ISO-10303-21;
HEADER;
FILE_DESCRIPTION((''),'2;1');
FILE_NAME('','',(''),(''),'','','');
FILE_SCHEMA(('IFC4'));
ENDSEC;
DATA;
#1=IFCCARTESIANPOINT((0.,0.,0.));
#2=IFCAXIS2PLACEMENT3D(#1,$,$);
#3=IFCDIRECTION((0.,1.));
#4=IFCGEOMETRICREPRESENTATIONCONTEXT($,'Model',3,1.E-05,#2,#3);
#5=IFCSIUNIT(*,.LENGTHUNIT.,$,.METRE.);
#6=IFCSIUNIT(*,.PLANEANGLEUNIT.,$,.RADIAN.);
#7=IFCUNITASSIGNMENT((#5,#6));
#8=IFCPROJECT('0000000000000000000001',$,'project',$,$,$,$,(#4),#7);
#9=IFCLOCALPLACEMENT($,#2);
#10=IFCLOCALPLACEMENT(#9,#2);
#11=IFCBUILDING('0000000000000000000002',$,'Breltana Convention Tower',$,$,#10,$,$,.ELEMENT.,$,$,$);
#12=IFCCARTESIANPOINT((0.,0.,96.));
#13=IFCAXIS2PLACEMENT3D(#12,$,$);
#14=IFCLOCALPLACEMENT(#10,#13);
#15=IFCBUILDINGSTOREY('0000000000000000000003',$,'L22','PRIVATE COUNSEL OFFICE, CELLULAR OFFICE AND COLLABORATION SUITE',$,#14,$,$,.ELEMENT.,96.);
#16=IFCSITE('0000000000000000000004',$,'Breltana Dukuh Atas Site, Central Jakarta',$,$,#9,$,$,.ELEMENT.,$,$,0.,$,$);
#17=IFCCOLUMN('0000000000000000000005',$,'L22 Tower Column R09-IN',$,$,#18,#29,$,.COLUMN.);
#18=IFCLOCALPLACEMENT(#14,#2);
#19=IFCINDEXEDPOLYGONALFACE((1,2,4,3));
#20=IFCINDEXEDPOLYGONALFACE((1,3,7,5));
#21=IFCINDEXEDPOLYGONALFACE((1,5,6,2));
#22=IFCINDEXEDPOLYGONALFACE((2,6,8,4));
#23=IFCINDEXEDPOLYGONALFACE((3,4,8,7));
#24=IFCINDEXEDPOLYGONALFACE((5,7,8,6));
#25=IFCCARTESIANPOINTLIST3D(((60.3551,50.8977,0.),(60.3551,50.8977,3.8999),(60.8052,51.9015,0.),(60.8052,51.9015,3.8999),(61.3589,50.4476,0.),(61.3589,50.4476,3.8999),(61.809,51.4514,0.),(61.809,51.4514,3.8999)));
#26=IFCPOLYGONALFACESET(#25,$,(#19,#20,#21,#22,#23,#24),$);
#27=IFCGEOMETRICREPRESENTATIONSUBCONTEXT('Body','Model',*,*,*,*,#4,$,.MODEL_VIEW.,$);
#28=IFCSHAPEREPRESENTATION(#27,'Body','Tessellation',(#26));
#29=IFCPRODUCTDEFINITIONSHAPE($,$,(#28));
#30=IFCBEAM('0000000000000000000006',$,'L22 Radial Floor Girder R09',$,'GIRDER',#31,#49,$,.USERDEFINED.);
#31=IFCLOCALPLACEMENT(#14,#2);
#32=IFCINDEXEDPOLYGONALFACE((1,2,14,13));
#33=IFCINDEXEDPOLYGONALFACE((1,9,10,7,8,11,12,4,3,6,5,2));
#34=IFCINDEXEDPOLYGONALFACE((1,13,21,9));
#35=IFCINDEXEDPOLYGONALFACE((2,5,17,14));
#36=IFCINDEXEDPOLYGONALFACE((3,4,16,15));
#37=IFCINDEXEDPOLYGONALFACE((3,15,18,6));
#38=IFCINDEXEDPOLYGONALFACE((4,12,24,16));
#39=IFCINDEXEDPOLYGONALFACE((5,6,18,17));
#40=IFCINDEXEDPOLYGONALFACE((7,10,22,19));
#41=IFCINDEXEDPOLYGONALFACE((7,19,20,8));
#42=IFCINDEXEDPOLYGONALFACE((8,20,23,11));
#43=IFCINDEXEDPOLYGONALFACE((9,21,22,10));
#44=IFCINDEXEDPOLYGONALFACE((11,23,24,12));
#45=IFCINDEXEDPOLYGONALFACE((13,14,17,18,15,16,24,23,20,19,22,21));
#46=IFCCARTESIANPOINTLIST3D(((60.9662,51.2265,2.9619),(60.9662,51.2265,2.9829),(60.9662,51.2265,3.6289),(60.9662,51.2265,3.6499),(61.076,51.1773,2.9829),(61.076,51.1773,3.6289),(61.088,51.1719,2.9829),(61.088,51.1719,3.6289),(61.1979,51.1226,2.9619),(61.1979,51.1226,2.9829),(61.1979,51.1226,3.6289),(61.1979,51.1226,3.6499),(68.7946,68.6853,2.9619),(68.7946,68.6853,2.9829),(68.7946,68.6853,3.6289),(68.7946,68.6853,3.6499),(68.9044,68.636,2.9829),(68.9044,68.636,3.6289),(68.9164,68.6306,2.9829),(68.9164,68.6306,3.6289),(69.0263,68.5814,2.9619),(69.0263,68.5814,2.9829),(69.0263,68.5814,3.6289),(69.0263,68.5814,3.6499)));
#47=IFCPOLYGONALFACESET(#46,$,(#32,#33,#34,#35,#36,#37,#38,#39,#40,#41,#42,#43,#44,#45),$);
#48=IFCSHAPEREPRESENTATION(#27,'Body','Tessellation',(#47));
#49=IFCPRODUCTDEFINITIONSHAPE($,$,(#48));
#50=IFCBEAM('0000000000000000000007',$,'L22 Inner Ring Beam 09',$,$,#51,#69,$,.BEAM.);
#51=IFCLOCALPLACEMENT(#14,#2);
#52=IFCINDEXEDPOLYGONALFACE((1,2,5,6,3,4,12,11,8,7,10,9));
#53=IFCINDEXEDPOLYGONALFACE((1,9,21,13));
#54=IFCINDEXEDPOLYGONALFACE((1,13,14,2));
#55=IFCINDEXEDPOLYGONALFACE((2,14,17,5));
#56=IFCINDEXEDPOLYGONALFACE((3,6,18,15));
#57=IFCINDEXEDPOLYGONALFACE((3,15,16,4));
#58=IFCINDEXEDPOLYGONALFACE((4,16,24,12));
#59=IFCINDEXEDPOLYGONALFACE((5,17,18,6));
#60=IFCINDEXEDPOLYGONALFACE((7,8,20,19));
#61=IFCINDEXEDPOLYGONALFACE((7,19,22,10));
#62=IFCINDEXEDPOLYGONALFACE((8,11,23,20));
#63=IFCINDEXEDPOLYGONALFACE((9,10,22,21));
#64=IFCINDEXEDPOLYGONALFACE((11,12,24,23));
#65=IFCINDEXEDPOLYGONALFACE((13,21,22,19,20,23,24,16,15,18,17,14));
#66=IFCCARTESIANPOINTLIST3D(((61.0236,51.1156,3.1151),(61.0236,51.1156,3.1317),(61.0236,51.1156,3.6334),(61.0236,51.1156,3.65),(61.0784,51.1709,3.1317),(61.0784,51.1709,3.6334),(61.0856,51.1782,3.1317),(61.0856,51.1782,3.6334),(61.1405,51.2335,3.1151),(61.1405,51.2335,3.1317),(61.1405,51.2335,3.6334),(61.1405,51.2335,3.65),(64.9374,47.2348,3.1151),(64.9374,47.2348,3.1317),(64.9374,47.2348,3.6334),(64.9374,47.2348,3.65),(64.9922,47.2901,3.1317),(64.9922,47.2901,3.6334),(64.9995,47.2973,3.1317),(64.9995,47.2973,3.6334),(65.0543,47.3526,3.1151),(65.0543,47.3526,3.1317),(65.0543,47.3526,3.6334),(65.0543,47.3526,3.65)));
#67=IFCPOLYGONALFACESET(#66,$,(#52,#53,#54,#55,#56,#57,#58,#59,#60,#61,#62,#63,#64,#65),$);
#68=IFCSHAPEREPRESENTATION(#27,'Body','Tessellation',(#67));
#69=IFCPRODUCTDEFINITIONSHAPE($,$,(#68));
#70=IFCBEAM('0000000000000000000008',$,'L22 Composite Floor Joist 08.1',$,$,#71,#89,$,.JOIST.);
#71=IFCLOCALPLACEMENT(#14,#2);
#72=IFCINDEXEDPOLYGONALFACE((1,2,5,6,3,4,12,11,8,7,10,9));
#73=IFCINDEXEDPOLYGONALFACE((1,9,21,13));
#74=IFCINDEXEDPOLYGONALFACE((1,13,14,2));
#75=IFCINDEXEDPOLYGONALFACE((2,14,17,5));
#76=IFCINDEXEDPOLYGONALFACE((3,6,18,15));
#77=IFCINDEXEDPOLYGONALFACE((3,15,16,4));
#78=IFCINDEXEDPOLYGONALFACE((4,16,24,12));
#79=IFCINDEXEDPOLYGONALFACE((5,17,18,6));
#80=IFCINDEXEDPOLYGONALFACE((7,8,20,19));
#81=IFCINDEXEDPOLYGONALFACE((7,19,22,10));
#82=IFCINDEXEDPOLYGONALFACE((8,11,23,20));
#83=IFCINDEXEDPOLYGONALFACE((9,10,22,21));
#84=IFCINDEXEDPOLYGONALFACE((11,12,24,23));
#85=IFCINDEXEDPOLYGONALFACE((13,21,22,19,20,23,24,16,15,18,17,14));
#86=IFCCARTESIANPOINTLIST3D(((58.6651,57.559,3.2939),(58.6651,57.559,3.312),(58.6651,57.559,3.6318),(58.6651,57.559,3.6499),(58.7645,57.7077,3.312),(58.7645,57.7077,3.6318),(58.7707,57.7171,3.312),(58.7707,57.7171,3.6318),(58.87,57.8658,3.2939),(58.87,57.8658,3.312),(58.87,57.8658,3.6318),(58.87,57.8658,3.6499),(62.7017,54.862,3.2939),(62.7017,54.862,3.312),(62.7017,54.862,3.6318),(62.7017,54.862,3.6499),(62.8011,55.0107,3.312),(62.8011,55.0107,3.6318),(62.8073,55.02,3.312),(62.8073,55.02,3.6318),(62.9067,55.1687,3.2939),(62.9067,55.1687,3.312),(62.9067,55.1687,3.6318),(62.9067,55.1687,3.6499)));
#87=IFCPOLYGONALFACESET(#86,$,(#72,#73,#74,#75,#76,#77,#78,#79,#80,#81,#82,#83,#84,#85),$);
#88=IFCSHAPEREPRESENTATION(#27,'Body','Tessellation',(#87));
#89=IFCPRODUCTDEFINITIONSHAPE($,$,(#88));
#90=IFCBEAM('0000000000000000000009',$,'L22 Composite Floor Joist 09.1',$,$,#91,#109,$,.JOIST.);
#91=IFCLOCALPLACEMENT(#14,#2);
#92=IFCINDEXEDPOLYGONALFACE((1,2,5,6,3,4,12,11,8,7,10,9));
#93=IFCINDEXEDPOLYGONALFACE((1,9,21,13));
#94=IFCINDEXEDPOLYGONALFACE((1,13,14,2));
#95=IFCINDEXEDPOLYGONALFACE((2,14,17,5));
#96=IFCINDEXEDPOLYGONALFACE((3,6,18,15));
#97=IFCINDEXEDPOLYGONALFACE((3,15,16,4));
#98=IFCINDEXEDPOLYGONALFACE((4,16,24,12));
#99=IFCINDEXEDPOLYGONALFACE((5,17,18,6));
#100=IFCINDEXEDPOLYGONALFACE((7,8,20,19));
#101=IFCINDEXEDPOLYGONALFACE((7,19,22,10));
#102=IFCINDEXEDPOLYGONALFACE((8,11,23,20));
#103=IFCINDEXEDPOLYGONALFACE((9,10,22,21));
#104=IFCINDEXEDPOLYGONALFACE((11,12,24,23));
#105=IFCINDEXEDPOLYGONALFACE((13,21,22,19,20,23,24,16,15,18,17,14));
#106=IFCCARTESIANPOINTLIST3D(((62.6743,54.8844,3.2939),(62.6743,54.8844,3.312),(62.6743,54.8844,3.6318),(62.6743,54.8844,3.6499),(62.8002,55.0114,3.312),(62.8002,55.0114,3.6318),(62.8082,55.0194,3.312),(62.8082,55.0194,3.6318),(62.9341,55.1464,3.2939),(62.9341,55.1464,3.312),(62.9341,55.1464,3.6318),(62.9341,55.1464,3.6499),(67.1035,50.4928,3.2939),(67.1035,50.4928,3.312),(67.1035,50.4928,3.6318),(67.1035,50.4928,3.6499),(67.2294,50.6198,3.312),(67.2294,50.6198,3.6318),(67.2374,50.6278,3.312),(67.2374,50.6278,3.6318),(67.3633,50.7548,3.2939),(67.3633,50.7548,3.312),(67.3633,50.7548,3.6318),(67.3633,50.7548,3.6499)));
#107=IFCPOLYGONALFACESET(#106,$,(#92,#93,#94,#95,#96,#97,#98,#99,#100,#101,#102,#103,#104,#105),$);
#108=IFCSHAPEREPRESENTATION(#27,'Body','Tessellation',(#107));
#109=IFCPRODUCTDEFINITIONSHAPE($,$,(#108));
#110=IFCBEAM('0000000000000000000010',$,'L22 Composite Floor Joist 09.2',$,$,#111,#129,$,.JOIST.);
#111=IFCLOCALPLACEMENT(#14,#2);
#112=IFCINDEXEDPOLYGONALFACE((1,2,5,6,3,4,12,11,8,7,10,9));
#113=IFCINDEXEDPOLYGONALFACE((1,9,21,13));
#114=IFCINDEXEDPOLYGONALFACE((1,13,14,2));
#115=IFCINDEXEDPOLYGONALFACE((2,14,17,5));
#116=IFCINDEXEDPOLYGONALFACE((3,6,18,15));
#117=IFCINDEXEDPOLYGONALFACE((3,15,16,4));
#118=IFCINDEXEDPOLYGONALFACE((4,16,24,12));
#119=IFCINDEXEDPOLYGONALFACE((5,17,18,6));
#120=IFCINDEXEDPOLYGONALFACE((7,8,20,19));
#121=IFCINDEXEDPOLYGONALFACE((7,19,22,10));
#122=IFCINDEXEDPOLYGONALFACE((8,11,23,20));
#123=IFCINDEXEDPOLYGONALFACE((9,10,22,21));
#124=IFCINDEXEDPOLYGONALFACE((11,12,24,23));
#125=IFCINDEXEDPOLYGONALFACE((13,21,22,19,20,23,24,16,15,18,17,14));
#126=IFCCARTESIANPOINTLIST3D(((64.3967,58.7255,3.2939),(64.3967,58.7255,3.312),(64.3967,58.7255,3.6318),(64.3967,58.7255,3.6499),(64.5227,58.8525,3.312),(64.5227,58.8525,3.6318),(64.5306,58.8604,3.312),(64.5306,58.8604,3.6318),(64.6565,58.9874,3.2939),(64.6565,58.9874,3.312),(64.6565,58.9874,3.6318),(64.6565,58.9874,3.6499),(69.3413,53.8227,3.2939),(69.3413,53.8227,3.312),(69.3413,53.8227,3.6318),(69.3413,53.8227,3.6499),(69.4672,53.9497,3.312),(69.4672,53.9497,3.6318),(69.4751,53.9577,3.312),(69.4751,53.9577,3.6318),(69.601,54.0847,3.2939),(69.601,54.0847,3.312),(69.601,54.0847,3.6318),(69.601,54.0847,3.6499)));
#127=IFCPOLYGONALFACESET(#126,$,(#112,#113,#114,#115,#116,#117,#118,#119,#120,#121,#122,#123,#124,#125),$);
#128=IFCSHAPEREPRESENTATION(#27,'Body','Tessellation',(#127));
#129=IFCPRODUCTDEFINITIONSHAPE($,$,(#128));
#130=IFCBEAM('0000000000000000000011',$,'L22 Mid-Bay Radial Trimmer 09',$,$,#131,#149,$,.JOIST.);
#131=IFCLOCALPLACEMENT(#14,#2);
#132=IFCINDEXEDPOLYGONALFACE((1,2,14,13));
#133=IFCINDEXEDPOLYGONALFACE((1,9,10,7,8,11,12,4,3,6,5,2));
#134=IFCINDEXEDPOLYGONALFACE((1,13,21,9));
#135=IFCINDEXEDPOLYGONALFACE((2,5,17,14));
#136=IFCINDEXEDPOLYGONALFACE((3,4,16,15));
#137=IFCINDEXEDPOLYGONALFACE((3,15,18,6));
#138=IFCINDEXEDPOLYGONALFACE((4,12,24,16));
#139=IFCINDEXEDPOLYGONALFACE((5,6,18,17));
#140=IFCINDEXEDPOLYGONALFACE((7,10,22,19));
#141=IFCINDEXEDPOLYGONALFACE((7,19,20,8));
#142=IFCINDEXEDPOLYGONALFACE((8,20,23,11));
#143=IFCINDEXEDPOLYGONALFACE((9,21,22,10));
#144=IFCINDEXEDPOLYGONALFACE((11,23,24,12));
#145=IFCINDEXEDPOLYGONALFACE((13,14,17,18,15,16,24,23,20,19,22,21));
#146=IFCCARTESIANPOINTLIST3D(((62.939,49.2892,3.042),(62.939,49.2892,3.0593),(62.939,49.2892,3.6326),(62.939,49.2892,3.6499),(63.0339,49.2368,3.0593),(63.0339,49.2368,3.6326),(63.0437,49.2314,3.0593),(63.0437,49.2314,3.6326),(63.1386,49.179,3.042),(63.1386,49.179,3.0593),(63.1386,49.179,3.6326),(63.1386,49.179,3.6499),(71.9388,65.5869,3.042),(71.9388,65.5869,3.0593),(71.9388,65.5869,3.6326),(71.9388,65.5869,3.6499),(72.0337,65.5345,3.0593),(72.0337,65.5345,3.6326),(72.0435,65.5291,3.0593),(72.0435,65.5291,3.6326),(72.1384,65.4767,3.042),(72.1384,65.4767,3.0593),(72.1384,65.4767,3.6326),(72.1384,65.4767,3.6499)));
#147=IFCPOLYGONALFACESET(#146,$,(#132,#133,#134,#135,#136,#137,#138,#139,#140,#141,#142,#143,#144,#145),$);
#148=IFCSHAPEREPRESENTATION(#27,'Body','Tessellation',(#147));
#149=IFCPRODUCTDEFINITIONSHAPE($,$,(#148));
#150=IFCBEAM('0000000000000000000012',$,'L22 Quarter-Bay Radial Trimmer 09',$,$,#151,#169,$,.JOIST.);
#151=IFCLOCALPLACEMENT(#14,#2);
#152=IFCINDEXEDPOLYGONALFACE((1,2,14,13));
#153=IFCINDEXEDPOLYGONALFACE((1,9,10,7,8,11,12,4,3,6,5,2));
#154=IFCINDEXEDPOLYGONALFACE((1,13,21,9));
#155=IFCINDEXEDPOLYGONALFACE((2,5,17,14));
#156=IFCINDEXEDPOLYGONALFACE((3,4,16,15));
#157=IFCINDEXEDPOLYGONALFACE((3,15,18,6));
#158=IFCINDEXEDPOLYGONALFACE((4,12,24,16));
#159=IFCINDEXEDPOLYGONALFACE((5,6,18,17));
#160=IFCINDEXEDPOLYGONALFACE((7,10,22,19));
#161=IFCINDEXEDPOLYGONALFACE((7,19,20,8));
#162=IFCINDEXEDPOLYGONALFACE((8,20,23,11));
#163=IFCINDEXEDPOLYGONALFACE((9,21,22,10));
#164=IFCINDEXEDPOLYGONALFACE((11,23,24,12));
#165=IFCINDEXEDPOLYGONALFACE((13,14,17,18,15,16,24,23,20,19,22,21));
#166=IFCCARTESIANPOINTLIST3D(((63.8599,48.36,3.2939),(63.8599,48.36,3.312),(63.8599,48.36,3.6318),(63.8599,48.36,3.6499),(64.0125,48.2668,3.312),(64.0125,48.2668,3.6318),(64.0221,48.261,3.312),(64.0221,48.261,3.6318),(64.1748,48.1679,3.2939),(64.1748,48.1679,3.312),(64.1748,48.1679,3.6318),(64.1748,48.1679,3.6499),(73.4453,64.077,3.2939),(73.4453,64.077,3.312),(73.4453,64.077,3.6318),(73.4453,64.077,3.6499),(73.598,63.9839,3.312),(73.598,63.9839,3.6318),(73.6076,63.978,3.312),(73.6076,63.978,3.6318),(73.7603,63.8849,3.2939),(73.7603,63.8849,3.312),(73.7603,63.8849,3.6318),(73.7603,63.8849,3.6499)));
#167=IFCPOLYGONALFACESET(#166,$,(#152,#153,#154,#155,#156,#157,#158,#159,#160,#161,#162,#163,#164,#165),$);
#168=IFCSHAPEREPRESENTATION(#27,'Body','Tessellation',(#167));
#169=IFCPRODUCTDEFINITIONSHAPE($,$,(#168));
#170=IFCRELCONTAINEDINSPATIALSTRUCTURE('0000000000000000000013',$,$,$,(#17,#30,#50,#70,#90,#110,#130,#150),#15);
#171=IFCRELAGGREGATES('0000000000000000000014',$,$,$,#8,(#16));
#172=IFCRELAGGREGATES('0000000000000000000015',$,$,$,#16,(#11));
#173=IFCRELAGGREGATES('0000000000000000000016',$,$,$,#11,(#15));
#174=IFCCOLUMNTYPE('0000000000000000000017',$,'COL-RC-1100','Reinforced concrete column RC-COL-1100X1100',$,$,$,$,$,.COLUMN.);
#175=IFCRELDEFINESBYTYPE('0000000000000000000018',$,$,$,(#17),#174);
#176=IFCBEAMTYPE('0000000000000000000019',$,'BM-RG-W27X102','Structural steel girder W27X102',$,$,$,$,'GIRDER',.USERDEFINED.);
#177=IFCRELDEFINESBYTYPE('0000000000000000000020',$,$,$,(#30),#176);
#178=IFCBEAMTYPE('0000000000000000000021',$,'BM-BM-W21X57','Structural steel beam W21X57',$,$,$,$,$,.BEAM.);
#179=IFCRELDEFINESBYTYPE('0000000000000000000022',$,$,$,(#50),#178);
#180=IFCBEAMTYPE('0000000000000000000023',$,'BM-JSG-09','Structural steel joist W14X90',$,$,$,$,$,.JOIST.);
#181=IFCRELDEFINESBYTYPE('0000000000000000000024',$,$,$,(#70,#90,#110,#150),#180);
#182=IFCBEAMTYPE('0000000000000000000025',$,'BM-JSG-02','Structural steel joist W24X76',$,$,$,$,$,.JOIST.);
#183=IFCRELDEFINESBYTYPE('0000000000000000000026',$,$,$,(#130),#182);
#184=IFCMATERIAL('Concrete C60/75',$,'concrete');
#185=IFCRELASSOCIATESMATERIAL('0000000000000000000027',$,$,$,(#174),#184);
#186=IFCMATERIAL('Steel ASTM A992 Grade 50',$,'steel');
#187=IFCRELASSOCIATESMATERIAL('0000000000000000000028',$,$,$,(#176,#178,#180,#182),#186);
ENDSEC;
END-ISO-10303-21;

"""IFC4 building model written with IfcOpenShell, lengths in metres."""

from ifc_helpers import new_model, si_unit, direction, frame, origin, origin_2d, place, context, subcontext, project, spatial, rectangle, i_section, extrude, source, transform, mapped, material, material_profile, profile_set, type_object, element, save


model = new_model("IFC4")

# Units and contexts
model_context = context("Model", 3, precision=1e-05, world=origin(), true_north=direction((0.0, 1.0)))
body_context = subcontext(model_context, "Body", "Model", "MODEL_VIEW")
ifc_project = project(units=[si_unit("LENGTHUNIT", "METRE"), si_unit("PLANEANGLEUNIT", "RADIAN")], contexts=[model_context])

# Site, building, storey
site_placement = place(None, origin())
site = spatial("IfcSite", under=ifc_project, at=site_placement, Name="Breltana Dukuh Atas Site, Central Jakarta", CompositionType="ELEMENT", RefElevation=0.0)
building_placement = place(site_placement, origin())
building = spatial("IfcBuilding", under=site, at=building_placement, Name="Breltana Convention Tower", CompositionType="ELEMENT")
storey_placement = place(building_placement, frame((0.0, 0.0, 96.0)))
storey = spatial("IfcBuildingStorey", under=building, at=storey_placement, Name="L22", Description="PRIVATE COUNSEL OFFICE, CELLULAR OFFICE AND COLLABORATION SUITE", CompositionType="ELEMENT", Elevation=96.0)

# Column
ifc_material_1 = material(Name="Concrete C60/75", Category="concrete")
ifc_material_profile_1 = material_profile(ifc_material_1, rectangle(XDim=1.1001, YDim=1.1001, at=origin_2d()), Name="RC-COL-1100X1100")
ifc_profile_set_1 = profile_set([ifc_material_profile_1], Name="Concrete C60/75")
column_type = type_object("IfcColumnType", Name="COL-RC-1100", Description="Reinforced concrete column RC-COL-1100X1100", PredefinedType="COLUMN", material=ifc_profile_set_1)
shared_shape_1 = source(origin(), body_context, "Body", "SweptSolid", [
    extrude(rectangle(XDim=1.1001, YDim=1.1001, at=origin_2d()), origin(), (0.0, 0.0, 1.0), 3.8999),
])
column_placement = place(storey_placement, frame((61.082, 51.1746, 0.0), z_axis=(0.0, 0.0, 1.0), x_axis=(0.409127, 0.912477, 0.0)))
element("IfcColumn", 1, at=column_placement, inside=storey, type_object=column_type, Name="L22 Tower Column R09-IN", PredefinedType="COLUMN", context=body_context, shape_type="MappedRepresentation", body=[
    mapped(shared_shape_1, transform((0.0, 0.0, 0.0), scale=1.0)),
])

# Beams
ifc_material_2 = material(Name="Steel ASTM A992 Grade 50", Category="steel")
ifc_material_profile_2 = material_profile(ifc_material_2, i_section(OverallWidth=0.2539, OverallDepth=0.688, WebThickness=0.0132, FlangeThickness=0.021, at=origin_2d()), Name="W27X102")
ifc_profile_set_2 = profile_set([ifc_material_profile_2], Name="Steel ASTM A992 Grade 50")
beam_type_1 = type_object("IfcBeamType", Name="BM-RG-W27X102", Description="Structural steel girder W27X102", ElementType="GIRDER", PredefinedType="USERDEFINED", material=ifc_profile_set_2)
shared_shape_2 = source(origin(), body_context, "Body", "SweptSolid", [
    extrude(i_section(OverallWidth=0.2539, OverallDepth=0.688, WebThickness=0.0132, FlangeThickness=0.021, at=origin_2d()), origin(), (0.0, 0.0, 1.0), 19.1335),
])
beam_1_placement = place(storey_placement, frame((61.082, 51.1746, 3.3059), z_axis=(0.409145, 0.91247, 0.0), x_axis=(-0.91247, 0.409145, 0.0)))
element("IfcBeam", 2, at=beam_1_placement, inside=storey, type_object=beam_type_1, Name="L22 Radial Floor Girder R09", ObjectType="GIRDER", PredefinedType="USERDEFINED", context=body_context, shape_type="MappedRepresentation", body=[
    mapped(shared_shape_2, transform((0.0, 0.0, 0.0), scale=1.0)),
])
ifc_material_profile_3 = material_profile(ifc_material_2, i_section(OverallWidth=0.166, OverallDepth=0.5349, WebThickness=0.0103, FlangeThickness=0.0166, at=origin_2d()), Name="W21X57")
ifc_profile_set_3 = profile_set([ifc_material_profile_3], Name="Steel ASTM A992 Grade 50")
beam_type_2 = type_object("IfcBeamType", Name="BM-BM-W21X57", Description="Structural steel beam W21X57", PredefinedType="BEAM", material=ifc_profile_set_3)
shared_shape_3 = source(origin(), body_context, "Body", "SweptSolid", [
    extrude(i_section(OverallWidth=0.166, OverallDepth=0.5349, WebThickness=0.0103, FlangeThickness=0.0166, at=origin_2d()), origin(), (0.0, 0.0, 1.0), 5.5117),
])
beam_2_placement = place(storey_placement, frame((61.082, 51.1746, 3.3826), z_axis=(0.71009, -0.704111, 0.0), x_axis=(0.704111, 0.71009, 0.0)))
element("IfcBeam", 3, at=beam_2_placement, inside=storey, type_object=beam_type_2, Name="L22 Inner Ring Beam 09", PredefinedType="BEAM", context=body_context, shape_type="MappedRepresentation", body=[
    mapped(shared_shape_3, transform((0.0, 0.0, 0.0), scale=1.0)),
])
ifc_material_profile_4 = material_profile(ifc_material_2, i_section(OverallWidth=0.3689, OverallDepth=0.356, WebThickness=0.0112, FlangeThickness=0.0181, at=origin_2d()), Name="W14X90")
ifc_profile_set_4 = profile_set([ifc_material_profile_4], Name="Steel ASTM A992 Grade 50")
beam_type_3 = type_object("IfcBeamType", Name="BM-JSG-09", Description="Structural steel joist W14X90", PredefinedType="JOIST", material=ifc_profile_set_4)
shared_shape_4 = source(origin(), body_context, "Body", "SweptSolid", [
    extrude(i_section(OverallWidth=0.3689, OverallDepth=0.356, WebThickness=0.0112, FlangeThickness=0.0181, at=origin_2d()), origin(), (0.0, 0.0, 1.0), 4.8547),
])
beam_3_placement = place(storey_placement, frame((58.7676, 57.7124, 3.4719), z_axis=(0.831485, -0.555547, 0.0), x_axis=(0.555547, 0.831485, 0.0)))
element("IfcBeam", 4, at=beam_3_placement, inside=storey, type_object=beam_type_3, Name="L22 Composite Floor Joist 08.1", PredefinedType="JOIST", context=body_context, shape_type="MappedRepresentation", body=[
    mapped(shared_shape_4, transform((0.0, 0.0, 0.0), scale=1.0)),
])
shared_shape_5 = source(origin(), body_context, "Body", "SweptSolid", [
    extrude(i_section(OverallWidth=0.3689, OverallDepth=0.356, WebThickness=0.0112, FlangeThickness=0.0181, at=origin_2d()), origin(), (0.0, 0.0, 1.0), 6.2373),
])
beam_4_placement = place(storey_placement, frame((62.8042, 55.0154, 3.4719), z_axis=(0.710114, -0.704086, 0.0), x_axis=(0.704086, 0.710114, 0.0)))
element("IfcBeam", 5, at=beam_4_placement, inside=storey, type_object=beam_type_3, Name="L22 Composite Floor Joist 09.1", PredefinedType="JOIST", context=body_context, shape_type="MappedRepresentation", body=[
    mapped(shared_shape_5, transform((0.0, 0.0, 0.0), scale=1.0)),
])
shared_shape_6 = source(origin(), body_context, "Body", "SweptSolid", [
    extrude(i_section(OverallWidth=0.3689, OverallDepth=0.356, WebThickness=0.0112, FlangeThickness=0.0181, at=origin_2d()), origin(), (0.0, 0.0, 1.0), 6.9631),
])
beam_5_placement = place(storey_placement, frame((64.5266, 58.8564, 3.4719), z_axis=(0.710098, -0.704103, 0.0), x_axis=(0.704103, 0.710098, 0.0)))
element("IfcBeam", 6, at=beam_5_placement, inside=storey, type_object=beam_type_3, Name="L22 Composite Floor Joist 09.2", PredefinedType="JOIST", context=body_context, shape_type="MappedRepresentation", body=[
    mapped(shared_shape_6, transform((0.0, 0.0, 0.0), scale=1.0)),
])
ifc_material_profile_5 = material_profile(ifc_material_2, i_section(OverallWidth=0.228, OverallDepth=0.6079, WebThickness=0.0112, FlangeThickness=0.0173, at=origin_2d()), Name="W24X76")
ifc_profile_set_5 = profile_set([ifc_material_profile_5], Name="Steel ASTM A992 Grade 50")
beam_type_4 = type_object("IfcBeamType", Name="BM-JSG-02", Description="Structural steel joist W24X76", PredefinedType="JOIST", material=ifc_profile_set_5)
shared_shape_7 = source(origin(), body_context, "Body", "SweptSolid", [
    extrude(i_section(OverallWidth=0.228, OverallDepth=0.6079, WebThickness=0.0112, FlangeThickness=0.0173, at=origin_2d()), origin(), (0.0, 0.0, 1.0), 18.6174),
])
beam_6_placement = place(storey_placement, frame((63.0388, 49.2341, 3.3459), z_axis=(0.483406, 0.875396, 0.0), x_axis=(-0.875396, 0.483406, 0.0)))
element("IfcBeam", 7, at=beam_6_placement, inside=storey, type_object=beam_type_4, Name="L22 Mid-Bay Radial Trimmer 09", PredefinedType="JOIST", context=body_context, shape_type="MappedRepresentation", body=[
    mapped(shared_shape_7, transform((0.0, 0.0, 0.0), scale=1.0)),
])
shared_shape_8 = source(origin(), body_context, "Body", "SweptSolid", [
    extrude(i_section(OverallWidth=0.3689, OverallDepth=0.356, WebThickness=0.0112, FlangeThickness=0.0181, at=origin_2d()), origin(), (0.0, 0.0, 1.0), 18.4094),
])
beam_7_placement = place(storey_placement, frame((64.0173, 48.2639, 3.4719), z_axis=(0.520682, 0.853751, 0.0), x_axis=(-0.853751, 0.520682, 0.0)))
element("IfcBeam", 8, at=beam_7_placement, inside=storey, type_object=beam_type_3, Name="L22 Quarter-Bay Radial Trimmer 09", PredefinedType="JOIST", context=body_context, shape_type="MappedRepresentation", body=[
    mapped(shared_shape_8, transform((0.0, 0.0, 0.0), scale=1.0)),
])

save(model, "model.ifc")
